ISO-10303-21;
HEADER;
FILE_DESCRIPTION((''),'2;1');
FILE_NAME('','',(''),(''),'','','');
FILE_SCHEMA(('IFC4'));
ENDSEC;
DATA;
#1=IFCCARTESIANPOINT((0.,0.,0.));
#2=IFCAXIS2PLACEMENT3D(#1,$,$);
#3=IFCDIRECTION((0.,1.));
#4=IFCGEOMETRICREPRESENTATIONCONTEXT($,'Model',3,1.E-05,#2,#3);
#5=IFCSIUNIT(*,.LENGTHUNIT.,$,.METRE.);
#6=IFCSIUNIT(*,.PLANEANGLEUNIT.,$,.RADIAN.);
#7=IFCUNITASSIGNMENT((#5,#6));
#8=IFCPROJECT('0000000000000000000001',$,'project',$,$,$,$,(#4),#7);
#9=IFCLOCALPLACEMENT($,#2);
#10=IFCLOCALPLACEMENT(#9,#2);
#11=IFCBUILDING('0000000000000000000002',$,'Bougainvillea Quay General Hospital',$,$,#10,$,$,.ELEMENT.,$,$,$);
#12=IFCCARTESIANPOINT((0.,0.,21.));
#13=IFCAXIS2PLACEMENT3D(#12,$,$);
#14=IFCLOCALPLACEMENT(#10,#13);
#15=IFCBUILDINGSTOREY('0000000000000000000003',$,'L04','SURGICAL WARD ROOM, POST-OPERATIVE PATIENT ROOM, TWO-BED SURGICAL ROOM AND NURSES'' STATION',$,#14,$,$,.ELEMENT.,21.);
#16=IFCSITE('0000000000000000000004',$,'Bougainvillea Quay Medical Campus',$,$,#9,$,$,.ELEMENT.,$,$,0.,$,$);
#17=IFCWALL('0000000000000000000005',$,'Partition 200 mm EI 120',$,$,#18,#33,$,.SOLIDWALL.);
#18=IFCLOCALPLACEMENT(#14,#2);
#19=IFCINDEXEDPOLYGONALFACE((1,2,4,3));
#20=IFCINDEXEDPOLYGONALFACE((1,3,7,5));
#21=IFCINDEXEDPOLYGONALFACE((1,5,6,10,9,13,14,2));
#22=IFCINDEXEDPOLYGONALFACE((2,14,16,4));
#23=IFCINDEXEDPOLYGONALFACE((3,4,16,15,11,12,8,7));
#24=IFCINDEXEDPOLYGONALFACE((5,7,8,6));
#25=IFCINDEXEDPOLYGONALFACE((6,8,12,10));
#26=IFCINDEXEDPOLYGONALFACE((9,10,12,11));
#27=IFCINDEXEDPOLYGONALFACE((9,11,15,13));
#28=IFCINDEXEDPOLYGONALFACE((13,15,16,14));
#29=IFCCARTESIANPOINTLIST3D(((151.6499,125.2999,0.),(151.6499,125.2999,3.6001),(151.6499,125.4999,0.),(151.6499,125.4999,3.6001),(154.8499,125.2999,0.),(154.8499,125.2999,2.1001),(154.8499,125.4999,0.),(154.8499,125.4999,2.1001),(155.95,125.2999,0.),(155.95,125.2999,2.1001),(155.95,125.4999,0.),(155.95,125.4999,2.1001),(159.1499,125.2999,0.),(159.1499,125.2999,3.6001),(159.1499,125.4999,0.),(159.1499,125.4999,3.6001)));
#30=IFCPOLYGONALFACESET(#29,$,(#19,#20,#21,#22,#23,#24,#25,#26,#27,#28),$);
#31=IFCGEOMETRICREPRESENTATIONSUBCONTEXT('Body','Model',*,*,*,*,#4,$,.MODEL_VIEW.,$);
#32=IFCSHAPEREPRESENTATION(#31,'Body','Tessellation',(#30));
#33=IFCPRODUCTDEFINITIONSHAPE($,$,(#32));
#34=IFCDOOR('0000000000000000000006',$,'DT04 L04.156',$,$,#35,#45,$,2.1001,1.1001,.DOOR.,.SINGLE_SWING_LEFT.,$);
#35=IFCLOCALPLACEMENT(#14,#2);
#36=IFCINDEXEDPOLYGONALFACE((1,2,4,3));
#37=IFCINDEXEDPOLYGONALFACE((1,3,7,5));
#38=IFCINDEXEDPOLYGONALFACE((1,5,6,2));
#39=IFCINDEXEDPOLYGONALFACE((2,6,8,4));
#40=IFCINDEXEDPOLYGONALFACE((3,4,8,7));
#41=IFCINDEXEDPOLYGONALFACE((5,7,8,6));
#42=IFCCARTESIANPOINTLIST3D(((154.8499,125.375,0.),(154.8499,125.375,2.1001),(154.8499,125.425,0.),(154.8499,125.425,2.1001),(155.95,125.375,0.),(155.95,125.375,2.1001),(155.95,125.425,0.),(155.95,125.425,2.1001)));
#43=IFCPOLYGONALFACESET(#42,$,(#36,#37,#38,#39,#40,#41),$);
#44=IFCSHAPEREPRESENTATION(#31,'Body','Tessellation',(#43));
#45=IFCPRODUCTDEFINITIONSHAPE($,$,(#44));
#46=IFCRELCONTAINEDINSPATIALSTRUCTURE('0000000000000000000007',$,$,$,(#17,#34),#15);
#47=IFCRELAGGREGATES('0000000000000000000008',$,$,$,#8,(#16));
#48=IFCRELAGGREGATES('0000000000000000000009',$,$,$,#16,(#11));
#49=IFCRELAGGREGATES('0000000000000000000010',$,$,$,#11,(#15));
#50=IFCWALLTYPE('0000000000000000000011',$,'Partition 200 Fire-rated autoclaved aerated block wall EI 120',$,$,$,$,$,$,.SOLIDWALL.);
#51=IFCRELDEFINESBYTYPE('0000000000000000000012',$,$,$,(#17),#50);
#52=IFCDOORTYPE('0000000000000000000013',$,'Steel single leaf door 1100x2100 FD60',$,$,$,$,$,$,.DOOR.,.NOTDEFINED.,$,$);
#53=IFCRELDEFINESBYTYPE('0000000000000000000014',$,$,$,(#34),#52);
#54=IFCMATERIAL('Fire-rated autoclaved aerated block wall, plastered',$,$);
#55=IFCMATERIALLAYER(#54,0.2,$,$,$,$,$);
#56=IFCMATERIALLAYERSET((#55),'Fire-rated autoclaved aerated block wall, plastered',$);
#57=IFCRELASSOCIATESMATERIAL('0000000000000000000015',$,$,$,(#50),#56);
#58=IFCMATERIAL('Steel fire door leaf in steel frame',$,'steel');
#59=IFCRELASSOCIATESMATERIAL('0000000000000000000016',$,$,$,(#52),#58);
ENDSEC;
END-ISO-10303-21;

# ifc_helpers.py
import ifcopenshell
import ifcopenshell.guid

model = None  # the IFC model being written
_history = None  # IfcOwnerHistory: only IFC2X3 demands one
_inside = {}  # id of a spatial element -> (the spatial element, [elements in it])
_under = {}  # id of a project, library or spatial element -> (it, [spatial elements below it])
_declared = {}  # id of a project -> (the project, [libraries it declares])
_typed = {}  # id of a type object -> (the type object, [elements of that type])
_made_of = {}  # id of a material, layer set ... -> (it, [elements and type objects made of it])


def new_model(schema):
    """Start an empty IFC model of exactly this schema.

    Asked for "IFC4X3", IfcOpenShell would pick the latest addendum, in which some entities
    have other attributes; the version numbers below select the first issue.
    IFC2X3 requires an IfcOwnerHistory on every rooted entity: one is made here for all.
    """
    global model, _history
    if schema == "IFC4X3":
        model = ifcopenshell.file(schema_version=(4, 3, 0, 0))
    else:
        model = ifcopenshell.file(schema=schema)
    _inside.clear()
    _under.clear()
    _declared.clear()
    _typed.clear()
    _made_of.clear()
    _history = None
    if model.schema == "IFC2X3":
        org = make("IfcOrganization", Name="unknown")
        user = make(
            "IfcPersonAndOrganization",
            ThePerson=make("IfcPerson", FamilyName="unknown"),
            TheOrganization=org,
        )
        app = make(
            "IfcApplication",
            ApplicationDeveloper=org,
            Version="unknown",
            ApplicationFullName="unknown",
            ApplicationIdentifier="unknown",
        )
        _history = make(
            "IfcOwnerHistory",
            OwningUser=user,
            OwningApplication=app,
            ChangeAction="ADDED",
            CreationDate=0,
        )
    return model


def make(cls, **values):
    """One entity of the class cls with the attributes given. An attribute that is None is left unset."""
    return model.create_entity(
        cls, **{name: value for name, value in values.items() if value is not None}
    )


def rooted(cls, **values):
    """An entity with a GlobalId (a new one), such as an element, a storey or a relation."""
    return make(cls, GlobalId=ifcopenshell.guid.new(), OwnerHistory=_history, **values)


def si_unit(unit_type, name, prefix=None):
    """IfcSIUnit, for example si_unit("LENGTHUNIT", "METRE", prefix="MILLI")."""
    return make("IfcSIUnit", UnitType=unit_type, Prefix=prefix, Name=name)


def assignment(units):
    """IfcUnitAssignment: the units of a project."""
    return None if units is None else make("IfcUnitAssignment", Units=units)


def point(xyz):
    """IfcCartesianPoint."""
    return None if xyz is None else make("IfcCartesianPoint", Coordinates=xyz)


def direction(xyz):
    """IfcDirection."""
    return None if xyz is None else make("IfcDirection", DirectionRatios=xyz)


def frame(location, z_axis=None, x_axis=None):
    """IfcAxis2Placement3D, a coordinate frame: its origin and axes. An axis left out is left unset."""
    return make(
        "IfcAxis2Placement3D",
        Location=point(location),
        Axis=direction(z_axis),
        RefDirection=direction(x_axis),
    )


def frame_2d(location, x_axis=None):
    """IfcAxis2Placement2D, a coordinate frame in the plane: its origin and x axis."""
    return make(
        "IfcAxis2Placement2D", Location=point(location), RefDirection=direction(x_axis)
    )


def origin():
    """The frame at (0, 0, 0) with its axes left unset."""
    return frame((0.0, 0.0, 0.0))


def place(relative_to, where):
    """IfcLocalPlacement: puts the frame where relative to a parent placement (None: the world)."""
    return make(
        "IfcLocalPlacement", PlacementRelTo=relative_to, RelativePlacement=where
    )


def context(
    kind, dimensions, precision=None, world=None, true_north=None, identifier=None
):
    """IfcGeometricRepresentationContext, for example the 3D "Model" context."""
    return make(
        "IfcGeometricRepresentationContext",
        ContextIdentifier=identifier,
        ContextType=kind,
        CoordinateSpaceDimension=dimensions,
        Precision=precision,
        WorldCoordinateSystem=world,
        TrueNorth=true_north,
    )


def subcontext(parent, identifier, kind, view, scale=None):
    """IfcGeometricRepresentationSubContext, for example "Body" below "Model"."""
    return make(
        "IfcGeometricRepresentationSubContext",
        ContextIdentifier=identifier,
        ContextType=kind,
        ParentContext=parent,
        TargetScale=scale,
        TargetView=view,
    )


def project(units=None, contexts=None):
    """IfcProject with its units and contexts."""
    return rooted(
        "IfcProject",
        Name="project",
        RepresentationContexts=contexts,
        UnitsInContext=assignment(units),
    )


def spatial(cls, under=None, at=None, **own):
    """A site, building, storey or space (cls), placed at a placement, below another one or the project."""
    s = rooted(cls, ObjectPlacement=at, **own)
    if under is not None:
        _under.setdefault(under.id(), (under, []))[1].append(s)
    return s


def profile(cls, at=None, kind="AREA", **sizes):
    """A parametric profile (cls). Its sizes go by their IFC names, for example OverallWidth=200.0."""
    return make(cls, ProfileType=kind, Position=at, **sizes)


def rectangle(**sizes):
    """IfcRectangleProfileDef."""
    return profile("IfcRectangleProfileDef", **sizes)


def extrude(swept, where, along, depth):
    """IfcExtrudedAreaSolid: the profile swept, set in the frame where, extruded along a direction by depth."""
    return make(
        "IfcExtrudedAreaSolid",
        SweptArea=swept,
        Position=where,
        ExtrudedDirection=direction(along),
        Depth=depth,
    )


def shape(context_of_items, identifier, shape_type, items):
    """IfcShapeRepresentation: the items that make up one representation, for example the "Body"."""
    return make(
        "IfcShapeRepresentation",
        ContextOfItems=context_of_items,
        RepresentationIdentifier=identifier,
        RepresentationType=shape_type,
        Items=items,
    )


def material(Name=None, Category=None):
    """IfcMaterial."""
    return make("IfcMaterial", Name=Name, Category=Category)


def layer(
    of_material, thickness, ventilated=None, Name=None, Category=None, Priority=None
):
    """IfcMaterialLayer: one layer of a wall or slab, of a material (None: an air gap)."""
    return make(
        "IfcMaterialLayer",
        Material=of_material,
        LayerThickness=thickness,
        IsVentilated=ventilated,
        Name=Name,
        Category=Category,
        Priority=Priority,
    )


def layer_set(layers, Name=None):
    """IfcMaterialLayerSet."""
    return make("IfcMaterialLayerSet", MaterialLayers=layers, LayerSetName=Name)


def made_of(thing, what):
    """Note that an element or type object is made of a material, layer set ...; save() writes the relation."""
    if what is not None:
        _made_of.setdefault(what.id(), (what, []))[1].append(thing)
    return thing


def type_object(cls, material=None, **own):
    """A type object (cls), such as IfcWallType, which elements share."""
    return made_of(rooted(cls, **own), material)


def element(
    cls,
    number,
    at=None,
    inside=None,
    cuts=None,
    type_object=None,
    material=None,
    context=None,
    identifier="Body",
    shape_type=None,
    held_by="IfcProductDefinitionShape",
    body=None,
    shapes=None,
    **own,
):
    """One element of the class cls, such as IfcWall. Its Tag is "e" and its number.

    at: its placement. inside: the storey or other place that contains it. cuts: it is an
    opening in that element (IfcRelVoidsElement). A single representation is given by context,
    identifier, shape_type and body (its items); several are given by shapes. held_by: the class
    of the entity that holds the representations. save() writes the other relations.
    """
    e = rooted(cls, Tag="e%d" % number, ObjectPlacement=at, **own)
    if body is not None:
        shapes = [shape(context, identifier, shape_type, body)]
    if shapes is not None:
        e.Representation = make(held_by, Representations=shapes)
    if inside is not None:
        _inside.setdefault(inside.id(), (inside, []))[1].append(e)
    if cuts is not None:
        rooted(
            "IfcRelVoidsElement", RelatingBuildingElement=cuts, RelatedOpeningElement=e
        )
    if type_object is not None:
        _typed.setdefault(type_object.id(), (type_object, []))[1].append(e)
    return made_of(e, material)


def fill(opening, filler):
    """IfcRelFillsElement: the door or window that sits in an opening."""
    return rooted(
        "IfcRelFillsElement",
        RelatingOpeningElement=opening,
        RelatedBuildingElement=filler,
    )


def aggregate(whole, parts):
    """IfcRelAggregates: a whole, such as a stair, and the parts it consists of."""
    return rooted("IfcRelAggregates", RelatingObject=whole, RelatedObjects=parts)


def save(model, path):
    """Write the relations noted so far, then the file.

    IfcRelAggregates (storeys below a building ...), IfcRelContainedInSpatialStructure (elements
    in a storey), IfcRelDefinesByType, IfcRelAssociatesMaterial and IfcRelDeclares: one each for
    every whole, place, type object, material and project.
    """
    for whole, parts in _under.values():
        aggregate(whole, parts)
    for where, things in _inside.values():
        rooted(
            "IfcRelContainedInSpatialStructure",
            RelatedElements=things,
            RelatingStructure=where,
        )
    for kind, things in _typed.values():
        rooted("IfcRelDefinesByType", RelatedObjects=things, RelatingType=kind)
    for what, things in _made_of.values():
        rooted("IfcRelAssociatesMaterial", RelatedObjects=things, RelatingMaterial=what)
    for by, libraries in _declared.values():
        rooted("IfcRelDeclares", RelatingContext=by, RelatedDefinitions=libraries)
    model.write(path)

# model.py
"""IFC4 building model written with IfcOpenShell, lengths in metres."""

from ifc_helpers import new_model, si_unit, direction, frame, frame_2d, origin, place, context, subcontext, project, spatial, rectangle, extrude, material, layer, layer_set, type_object, element, fill, save


model = new_model("IFC4")

# Units and contexts
model_context = context("Model", 3, precision=1e-05, world=origin(), true_north=direction((0.0, 1.0)))
body_context = subcontext(model_context, "Body", "Model", "MODEL_VIEW")
ifc_project = project(units=[si_unit("LENGTHUNIT", "METRE"), si_unit("PLANEANGLEUNIT", "RADIAN")], contexts=[model_context])

# Site, building, storey
site_placement = place(None, origin())
site = spatial("IfcSite", under=ifc_project, at=site_placement, Name="Bougainvillea Quay Medical Campus", CompositionType="ELEMENT", RefElevation=0.0)
building_placement = place(site_placement, origin())
building = spatial("IfcBuilding", under=site, at=building_placement, Name="Bougainvillea Quay General Hospital", CompositionType="ELEMENT")
storey_placement = place(building_placement, frame((0.0, 0.0, 21.0)))
storey = spatial("IfcBuildingStorey", under=building, at=storey_placement, Name="L04", Description="SURGICAL WARD ROOM, POST-OPERATIVE PATIENT ROOM, TWO-BED SURGICAL ROOM AND NURSES' STATION", CompositionType="ELEMENT", Elevation=21.0)

# Wall, opening, door
ifc_material_1 = material(Name="Fire-rated autoclaved aerated block wall, plastered")
ifc_layer_1 = layer(ifc_material_1, 0.2)
ifc_layer_set_1 = layer_set([ifc_layer_1], Name="Fire-rated autoclaved aerated block wall, plastered")
wall_type_1 = type_object("IfcWallType", Name="Partition 200 Fire-rated autoclaved aerated block wall EI 120", PredefinedType="SOLIDWALL", material=ifc_layer_set_1)
wall_1_placement = place(storey_placement, frame((151.6499, 125.3999, 0.0), z_axis=(0.0, 0.0, 1.0), x_axis=(1.0, 0.0, 0.0)))
wall_1 = element("IfcWall", 1, at=wall_1_placement, inside=storey, type_object=wall_type_1, Name="Partition 200 mm EI 120", PredefinedType="SOLIDWALL", context=body_context, shape_type="SweptSolid", body=[
    extrude(rectangle(XDim=7.5, YDim=0.2, at=frame_2d((3.75, 0.0))), origin(), (0.0, 0.0, 1.0), 3.6001),
])
opening_1_placement = place(wall_1_placement, frame((3.2, 0.0, 0.0)))
opening_1 = element("IfcOpeningElement", 2, at=opening_1_placement, cuts=wall_1, PredefinedType="OPENING", context=body_context, shape_type="SweptSolid", body=[
    extrude(rectangle(XDim=1.1001, YDim=2.1001, at=frame_2d((0.55, 1.05))), frame((0.0, 0.1099, 0.0), z_axis=(0.0, -1.0, 0.0), x_axis=(1.0, 0.0, 0.0)), (0.0, 0.0, 1.0), 0.22),
])
ifc_material_2 = material(Name="Steel fire door leaf in steel frame", Category="steel")
door_type_1 = type_object("IfcDoorType", Name="Steel single leaf door 1100x2100 FD60", OperationType="NOTDEFINED", PredefinedType="DOOR", material=ifc_material_2)
door_1_placement = place(opening_1_placement, frame((1.1001, 0.0, 0.0), z_axis=(0.0, 0.0, 1.0), x_axis=(-1.0, 0.0, 0.0)))
door_1 = element("IfcDoor", 3, at=door_1_placement, inside=storey, type_object=door_type_1, Name="DT04 L04.156", OperationType="SINGLE_SWING_LEFT", OverallHeight=2.1001, OverallWidth=1.1001, PredefinedType="DOOR", context=body_context, shape_type="SweptSolid", body=[
    extrude(rectangle(XDim=1.1001, YDim=2.1001, at=frame_2d((0.55, 1.05))), frame((0.0, 0.0249, 0.0), z_axis=(0.0, -1.0, 0.0), x_axis=(1.0, 0.0, 0.0)), (0.0, 0.0, 1.0), 0.05),
])
fill(opening_1, door_1)

save(model, "model.ifc")
